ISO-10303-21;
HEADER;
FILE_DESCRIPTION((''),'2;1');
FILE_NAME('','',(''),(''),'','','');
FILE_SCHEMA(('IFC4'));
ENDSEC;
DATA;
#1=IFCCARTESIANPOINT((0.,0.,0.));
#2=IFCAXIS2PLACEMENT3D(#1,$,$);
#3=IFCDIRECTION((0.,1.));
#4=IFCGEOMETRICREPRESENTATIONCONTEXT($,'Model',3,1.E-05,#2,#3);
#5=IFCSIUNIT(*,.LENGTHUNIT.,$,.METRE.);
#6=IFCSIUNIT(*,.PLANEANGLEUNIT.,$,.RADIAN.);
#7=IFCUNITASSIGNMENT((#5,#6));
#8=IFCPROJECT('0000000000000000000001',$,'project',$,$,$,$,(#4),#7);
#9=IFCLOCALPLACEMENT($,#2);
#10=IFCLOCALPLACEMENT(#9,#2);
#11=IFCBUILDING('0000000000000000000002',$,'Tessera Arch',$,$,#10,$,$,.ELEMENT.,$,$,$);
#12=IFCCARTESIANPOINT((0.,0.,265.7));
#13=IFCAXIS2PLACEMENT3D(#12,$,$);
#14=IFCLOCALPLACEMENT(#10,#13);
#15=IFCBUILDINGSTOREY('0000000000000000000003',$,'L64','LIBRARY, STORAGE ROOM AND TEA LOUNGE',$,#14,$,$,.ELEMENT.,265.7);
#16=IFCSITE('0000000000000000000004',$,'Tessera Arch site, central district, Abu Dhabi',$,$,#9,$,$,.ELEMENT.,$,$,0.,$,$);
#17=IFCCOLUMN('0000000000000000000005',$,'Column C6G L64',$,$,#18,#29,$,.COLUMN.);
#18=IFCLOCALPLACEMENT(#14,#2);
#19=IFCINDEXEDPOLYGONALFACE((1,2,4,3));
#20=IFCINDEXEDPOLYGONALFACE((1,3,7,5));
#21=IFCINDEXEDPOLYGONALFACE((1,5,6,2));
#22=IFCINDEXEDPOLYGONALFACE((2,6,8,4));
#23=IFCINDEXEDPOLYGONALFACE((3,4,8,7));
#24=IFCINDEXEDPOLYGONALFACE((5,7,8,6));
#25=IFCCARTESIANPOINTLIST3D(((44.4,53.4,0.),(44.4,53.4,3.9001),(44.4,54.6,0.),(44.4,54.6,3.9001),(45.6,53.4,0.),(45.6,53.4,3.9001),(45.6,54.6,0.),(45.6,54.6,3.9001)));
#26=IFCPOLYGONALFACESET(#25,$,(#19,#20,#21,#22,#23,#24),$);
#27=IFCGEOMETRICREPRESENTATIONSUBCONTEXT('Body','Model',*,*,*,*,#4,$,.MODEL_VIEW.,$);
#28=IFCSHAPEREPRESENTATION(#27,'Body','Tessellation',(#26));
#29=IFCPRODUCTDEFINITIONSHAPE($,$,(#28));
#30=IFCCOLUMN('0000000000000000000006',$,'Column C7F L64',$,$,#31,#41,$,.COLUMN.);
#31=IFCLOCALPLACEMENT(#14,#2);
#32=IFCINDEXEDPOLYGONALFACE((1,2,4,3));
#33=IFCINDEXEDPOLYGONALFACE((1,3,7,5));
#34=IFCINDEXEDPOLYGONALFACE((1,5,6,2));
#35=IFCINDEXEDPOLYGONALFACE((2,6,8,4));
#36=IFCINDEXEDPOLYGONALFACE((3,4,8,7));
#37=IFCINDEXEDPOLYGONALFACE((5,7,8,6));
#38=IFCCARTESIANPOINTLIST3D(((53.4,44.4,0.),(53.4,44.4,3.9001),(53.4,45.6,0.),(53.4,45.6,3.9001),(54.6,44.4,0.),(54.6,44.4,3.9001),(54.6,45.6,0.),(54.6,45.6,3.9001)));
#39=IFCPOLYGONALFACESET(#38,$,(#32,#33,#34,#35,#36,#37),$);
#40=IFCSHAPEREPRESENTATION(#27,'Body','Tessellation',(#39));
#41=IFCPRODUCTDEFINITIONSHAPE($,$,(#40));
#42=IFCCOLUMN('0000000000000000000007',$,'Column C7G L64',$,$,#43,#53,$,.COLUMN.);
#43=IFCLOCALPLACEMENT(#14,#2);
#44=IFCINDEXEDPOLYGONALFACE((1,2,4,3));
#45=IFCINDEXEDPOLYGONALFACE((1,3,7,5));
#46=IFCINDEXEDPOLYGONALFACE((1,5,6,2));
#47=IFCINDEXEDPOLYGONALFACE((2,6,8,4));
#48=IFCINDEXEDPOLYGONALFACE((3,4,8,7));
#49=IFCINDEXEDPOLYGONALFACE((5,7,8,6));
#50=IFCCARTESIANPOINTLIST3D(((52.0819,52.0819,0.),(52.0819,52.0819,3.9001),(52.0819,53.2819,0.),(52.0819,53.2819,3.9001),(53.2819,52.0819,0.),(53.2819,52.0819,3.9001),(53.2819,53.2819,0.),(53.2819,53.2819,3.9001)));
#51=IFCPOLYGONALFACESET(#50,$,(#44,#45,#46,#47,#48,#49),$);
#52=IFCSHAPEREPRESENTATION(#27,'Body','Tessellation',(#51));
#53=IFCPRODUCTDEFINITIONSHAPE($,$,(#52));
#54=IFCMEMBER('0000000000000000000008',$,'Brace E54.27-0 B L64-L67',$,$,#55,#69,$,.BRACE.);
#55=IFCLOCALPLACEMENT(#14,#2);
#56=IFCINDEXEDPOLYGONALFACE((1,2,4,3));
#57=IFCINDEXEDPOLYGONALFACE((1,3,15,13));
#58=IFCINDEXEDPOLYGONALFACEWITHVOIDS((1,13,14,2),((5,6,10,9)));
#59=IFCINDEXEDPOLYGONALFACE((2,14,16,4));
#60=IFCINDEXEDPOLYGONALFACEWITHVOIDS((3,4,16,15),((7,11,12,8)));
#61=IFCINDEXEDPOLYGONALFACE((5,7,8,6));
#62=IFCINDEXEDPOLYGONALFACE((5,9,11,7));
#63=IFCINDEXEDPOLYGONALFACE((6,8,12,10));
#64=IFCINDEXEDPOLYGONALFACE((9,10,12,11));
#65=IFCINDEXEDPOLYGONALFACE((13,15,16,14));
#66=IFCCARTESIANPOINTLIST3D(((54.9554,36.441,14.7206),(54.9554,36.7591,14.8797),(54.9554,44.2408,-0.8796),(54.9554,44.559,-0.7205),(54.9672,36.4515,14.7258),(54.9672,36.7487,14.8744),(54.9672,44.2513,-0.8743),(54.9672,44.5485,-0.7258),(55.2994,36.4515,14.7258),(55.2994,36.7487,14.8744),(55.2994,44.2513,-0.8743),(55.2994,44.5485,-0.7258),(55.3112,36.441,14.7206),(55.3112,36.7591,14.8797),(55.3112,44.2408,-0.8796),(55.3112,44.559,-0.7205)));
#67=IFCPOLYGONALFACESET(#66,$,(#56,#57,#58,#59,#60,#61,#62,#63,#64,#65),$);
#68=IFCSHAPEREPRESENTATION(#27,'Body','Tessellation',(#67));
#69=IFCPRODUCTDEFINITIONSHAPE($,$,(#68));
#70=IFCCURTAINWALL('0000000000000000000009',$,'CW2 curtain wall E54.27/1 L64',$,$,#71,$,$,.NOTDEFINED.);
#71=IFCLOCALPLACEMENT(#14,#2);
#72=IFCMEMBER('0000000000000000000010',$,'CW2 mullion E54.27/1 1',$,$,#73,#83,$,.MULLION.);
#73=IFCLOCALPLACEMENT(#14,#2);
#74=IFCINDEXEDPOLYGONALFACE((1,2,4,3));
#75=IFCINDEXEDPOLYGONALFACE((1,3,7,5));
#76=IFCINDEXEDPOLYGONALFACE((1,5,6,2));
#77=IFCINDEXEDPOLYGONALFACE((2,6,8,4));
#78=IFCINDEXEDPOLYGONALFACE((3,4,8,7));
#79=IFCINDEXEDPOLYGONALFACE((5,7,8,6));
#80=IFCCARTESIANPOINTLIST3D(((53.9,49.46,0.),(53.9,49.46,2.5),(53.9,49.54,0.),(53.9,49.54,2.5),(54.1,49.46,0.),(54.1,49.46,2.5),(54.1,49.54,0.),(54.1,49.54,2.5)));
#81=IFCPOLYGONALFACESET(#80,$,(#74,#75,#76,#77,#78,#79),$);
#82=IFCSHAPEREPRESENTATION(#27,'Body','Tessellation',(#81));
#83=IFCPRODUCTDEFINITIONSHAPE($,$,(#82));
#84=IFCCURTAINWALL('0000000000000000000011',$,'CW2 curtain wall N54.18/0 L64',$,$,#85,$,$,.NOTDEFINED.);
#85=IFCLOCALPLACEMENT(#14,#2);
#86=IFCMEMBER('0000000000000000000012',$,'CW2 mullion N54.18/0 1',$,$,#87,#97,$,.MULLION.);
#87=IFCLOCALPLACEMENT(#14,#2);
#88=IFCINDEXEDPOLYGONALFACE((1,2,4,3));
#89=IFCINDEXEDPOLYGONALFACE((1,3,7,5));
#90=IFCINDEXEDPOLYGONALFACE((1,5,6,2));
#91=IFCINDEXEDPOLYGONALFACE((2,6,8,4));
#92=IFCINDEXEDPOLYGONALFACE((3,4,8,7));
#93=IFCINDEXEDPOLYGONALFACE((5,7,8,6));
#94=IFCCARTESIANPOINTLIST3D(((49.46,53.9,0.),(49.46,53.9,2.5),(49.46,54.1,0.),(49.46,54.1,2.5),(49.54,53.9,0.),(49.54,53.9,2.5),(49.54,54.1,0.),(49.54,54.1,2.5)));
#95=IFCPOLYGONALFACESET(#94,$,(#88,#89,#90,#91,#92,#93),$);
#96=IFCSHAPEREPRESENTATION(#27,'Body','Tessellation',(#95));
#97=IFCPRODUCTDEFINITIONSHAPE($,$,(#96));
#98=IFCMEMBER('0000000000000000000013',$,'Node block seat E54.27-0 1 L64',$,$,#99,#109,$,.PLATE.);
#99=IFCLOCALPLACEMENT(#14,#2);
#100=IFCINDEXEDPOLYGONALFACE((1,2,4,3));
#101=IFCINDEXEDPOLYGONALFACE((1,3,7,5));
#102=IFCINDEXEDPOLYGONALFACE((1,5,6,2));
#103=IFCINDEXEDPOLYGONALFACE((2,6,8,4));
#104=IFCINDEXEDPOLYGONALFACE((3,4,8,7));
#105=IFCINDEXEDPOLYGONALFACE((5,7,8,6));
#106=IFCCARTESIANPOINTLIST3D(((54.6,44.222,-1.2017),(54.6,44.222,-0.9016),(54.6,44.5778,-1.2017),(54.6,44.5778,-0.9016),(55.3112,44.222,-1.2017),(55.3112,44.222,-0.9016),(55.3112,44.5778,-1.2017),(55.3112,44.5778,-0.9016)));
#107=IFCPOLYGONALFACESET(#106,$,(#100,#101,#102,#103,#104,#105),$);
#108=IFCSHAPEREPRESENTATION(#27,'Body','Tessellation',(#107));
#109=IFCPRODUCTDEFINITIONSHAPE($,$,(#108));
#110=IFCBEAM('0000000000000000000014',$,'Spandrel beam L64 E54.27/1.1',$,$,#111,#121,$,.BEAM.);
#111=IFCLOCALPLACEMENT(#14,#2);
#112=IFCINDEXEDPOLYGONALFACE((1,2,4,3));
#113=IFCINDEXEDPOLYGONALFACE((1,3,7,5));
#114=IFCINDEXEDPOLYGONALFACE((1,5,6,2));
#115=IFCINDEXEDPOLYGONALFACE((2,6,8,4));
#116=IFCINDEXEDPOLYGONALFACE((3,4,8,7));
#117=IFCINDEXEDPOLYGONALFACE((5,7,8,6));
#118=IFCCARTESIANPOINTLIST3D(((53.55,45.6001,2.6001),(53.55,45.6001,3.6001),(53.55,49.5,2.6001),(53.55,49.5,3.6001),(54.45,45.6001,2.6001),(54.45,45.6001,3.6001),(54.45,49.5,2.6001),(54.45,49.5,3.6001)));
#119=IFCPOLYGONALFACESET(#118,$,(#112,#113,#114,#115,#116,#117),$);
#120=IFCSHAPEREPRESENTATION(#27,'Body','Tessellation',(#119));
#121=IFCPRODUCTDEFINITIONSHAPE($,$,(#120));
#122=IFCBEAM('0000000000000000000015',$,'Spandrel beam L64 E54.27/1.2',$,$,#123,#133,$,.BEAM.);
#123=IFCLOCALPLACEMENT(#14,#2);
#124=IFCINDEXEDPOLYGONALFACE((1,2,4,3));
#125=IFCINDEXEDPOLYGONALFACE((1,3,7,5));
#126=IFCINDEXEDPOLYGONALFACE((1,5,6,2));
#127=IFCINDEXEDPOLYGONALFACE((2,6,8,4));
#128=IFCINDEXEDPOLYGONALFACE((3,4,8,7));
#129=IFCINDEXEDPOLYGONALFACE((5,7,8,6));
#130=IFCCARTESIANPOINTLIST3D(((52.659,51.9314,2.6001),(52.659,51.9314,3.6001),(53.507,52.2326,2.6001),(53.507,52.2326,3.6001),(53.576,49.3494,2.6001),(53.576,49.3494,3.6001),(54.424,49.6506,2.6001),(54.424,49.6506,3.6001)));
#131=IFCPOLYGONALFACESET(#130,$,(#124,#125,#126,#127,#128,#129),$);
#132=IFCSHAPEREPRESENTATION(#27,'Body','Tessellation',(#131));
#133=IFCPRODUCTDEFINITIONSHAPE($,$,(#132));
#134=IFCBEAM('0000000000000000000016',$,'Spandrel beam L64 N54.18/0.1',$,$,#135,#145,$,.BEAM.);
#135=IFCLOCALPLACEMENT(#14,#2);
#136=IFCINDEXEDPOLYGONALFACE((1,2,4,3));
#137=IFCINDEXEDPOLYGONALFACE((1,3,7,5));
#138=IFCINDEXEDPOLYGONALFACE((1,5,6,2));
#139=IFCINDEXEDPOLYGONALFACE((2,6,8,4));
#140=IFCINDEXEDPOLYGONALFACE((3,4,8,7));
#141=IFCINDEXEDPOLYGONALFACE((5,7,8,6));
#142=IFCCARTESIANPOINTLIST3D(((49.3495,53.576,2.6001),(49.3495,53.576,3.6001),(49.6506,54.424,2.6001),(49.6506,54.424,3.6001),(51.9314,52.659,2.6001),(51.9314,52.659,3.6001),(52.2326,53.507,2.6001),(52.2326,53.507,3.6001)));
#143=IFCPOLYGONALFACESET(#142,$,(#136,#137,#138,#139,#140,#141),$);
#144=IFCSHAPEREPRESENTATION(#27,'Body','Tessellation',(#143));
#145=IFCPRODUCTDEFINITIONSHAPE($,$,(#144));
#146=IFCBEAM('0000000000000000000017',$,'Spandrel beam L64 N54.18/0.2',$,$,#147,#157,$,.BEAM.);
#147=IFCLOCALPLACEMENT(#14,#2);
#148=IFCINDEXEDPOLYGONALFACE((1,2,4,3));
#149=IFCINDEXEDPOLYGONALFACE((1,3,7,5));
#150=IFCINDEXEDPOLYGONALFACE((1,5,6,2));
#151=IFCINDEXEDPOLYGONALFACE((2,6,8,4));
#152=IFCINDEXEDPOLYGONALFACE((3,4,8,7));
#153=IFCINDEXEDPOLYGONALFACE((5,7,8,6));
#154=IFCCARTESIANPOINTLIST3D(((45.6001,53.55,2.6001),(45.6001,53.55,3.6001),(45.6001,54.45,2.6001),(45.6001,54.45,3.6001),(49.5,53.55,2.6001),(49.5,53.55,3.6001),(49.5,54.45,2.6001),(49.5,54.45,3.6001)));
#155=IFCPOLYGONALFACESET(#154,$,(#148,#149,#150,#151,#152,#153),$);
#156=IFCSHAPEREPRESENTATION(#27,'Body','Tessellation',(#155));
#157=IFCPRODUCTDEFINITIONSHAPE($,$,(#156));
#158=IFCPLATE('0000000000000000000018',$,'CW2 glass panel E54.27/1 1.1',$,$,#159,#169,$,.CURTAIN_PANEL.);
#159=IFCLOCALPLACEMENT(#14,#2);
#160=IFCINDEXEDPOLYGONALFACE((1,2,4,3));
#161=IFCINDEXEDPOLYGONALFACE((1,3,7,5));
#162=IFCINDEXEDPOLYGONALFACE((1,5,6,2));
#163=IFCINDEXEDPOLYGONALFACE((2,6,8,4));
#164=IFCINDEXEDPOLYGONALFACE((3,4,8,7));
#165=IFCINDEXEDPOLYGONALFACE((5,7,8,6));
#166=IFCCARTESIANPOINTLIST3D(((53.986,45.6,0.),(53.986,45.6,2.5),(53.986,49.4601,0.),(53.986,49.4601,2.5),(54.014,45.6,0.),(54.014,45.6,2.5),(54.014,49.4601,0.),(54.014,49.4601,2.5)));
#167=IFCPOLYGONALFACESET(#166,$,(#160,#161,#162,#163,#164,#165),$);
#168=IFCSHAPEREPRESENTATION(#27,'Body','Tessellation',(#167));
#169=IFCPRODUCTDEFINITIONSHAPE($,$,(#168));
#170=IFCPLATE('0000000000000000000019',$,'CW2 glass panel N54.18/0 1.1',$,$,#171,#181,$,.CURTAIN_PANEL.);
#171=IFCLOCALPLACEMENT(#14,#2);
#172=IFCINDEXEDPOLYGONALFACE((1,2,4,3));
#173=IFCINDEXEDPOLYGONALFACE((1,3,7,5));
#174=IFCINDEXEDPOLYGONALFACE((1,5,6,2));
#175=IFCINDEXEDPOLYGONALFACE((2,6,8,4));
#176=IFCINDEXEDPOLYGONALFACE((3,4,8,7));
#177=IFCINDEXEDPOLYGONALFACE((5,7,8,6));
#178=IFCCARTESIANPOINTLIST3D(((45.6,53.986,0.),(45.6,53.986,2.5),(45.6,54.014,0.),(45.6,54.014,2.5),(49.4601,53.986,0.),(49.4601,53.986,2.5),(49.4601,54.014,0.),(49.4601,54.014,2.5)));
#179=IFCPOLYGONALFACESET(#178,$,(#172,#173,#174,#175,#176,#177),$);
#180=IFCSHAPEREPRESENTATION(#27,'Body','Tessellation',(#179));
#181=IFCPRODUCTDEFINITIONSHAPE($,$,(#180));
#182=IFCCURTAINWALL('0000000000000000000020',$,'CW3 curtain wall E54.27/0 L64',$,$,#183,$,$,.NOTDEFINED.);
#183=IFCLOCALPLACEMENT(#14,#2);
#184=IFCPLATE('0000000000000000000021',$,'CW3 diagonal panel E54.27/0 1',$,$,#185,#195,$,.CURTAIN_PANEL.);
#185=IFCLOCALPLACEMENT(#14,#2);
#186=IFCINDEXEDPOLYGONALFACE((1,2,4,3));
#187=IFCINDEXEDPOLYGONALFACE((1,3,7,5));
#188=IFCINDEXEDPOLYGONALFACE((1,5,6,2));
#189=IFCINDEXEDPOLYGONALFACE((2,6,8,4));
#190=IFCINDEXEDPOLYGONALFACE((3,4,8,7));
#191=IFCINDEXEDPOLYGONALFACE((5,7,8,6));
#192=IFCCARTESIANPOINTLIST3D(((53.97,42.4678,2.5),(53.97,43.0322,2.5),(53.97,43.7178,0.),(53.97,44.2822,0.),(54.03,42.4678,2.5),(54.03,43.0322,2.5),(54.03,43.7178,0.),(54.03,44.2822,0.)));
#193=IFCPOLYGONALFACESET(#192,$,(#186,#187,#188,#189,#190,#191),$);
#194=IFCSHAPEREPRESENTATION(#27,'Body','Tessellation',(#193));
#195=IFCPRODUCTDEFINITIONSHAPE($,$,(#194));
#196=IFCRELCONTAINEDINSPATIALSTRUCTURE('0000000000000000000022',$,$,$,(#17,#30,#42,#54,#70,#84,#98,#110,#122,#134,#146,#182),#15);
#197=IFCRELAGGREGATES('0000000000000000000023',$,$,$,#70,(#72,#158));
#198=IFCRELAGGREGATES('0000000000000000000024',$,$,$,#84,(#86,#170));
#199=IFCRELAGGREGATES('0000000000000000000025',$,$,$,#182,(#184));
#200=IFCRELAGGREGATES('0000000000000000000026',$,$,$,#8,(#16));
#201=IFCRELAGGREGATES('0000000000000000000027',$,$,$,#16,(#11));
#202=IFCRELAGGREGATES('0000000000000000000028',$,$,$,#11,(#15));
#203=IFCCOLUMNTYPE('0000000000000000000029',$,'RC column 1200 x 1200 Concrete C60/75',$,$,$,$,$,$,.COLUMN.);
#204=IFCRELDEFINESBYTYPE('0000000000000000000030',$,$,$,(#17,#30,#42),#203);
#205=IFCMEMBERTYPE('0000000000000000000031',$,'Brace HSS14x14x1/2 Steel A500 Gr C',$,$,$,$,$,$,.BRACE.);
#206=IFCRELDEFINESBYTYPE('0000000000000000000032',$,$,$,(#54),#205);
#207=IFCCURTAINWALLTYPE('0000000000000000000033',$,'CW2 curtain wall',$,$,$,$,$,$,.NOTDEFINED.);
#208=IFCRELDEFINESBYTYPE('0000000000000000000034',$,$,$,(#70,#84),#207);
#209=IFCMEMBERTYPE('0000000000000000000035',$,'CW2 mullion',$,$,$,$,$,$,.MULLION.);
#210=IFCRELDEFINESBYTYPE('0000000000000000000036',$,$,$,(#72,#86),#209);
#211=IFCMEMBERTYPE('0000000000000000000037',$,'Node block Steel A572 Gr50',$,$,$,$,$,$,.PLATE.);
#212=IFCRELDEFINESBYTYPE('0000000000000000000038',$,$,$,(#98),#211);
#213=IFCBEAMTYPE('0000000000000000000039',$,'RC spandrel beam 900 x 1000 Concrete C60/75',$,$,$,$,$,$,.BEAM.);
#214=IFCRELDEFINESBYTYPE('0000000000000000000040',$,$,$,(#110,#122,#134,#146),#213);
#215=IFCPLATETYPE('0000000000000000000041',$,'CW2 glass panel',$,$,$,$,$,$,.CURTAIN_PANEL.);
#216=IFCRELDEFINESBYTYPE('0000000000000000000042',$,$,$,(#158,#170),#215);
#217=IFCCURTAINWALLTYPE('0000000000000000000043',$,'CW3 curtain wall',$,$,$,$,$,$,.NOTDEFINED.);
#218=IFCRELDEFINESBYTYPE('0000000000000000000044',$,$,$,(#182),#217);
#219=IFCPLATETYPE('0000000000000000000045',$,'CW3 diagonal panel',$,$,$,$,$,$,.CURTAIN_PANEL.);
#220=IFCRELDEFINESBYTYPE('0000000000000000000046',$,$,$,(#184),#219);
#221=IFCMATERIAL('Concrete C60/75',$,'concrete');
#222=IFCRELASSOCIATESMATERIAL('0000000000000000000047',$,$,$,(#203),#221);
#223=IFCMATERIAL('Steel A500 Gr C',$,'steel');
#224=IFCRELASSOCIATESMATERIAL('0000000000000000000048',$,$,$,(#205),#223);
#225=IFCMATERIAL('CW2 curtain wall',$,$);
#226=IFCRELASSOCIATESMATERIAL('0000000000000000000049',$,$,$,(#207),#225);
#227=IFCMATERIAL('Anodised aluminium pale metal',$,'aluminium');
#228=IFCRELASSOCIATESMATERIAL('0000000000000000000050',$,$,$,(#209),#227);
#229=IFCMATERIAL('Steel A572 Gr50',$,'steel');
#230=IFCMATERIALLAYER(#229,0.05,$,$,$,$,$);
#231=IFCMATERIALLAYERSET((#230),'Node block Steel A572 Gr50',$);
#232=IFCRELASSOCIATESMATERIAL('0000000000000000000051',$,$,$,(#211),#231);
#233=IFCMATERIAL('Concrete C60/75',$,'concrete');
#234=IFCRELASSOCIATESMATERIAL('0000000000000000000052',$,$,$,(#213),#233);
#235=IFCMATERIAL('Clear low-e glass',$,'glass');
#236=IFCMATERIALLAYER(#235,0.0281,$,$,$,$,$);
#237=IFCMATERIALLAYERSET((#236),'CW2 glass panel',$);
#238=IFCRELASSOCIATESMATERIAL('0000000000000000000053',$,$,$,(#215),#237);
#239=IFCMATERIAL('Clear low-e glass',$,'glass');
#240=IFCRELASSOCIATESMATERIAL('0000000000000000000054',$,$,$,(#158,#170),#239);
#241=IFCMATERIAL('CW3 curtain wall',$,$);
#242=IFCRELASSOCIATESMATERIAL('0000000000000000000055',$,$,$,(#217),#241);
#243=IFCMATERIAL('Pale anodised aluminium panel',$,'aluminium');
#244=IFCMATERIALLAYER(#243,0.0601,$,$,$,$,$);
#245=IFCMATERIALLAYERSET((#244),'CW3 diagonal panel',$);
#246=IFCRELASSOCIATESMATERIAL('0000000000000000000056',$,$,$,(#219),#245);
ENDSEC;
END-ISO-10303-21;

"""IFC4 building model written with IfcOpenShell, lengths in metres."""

from ifc_helpers import new_model, si_unit, direction, frame, origin, origin_2d, place, context, subcontext, project, spatial, polyline, rectangle, hollow_rectangle, outline, extrude, material, layer, layer_set, material_profile, profile_set, type_object, element, aggregate, save


model = new_model("IFC4")

# Units and contexts
model_context = context("Model", 3, precision=1e-05, world=origin(), true_north=direction((0.0, 1.0)))
body_context = subcontext(model_context, "Body", "Model", "MODEL_VIEW")
ifc_project = project(units=[si_unit("LENGTHUNIT", "METRE"), si_unit("PLANEANGLEUNIT", "RADIAN")], contexts=[model_context])

# Site, building, storey
site_placement = place(None, origin())
site = spatial("IfcSite", under=ifc_project, at=site_placement, Name="Tessera Arch site, central district, Abu Dhabi", CompositionType="ELEMENT", RefElevation=0.0)
building_placement = place(site_placement, origin())
building = spatial("IfcBuilding", under=site, at=building_placement, Name="Tessera Arch", CompositionType="ELEMENT")
storey_placement = place(building_placement, frame((0.0, 0.0, 265.7)))
storey = spatial("IfcBuildingStorey", under=building, at=storey_placement, Name="L64", Description="LIBRARY, STORAGE ROOM AND TEA LOUNGE", CompositionType="ELEMENT", Elevation=265.7)

# Columns
ifc_material_1 = material(Name="Concrete C60/75", Category="concrete")
ifc_material_profile_1 = material_profile(ifc_material_1, rectangle(XDim=1.2, YDim=1.2, at=origin_2d()), Name="RC column 1200 x 1200 Concrete C60/75")
ifc_profile_set_1 = profile_set([ifc_material_profile_1], Name="Concrete C60/75")
column_type = type_object("IfcColumnType", Name="RC column 1200 x 1200 Concrete C60/75", PredefinedType="COLUMN", material=ifc_profile_set_1)
for number, where, z_axis, x_axis, name in (
    (1, (45.0, 54.0, 0.0), (0.0, 0.0, 1.0), (1.0, 0.0, 0.0), "Column C6G L64"),
    (2, (54.0, 45.0, 0.0), (0.0, 0.0, 1.0), (1.0, 0.0, 0.0), "Column C7F L64"),
    (3, (52.6819, 52.6819, 0.0), (0.0, 0.0, 1.0), (1.0, 0.0, 0.0), "Column C7G L64"),
):
    element("IfcColumn", number, at=place(storey_placement, frame(where, z_axis=z_axis, x_axis=x_axis)), inside=storey, type_object=column_type, Name=name, PredefinedType="COLUMN", context=body_context, shape_type="SweptSolid", body=[
        extrude(rectangle(XDim=1.2, YDim=1.2, at=origin_2d()), origin(), (0.0, 0.0, 1.0), 3.9001),
    ])

# Member
ifc_material_2 = material(Name="Steel A500 Gr C", Category="steel")
ifc_material_profile_2 = material_profile(ifc_material_2, hollow_rectangle(XDim=0.3557, YDim=0.3557, WallThickness=0.0117, at=origin_2d()), Name="HSS14x14x1/2")
ifc_profile_set_2 = profile_set([ifc_material_profile_2], Name="Steel A500 Gr C")
member_type_1 = type_object("IfcMemberType", Name="Brace HSS14x14x1/2 Steel A500 Gr C", PredefinedType="BRACE", material=ifc_profile_set_2)
member_1_placement = place(storey_placement, frame((55.1333, 44.3999, -0.8), z_axis=(0.0, -0.447202, 0.894433), x_axis=(1.0, 0.0, 0.0)))
element("IfcMember", 4, at=member_1_placement, inside=storey, type_object=member_type_1, Name="Brace E54.27-0 B L64-L67", PredefinedType="BRACE", context=body_context, shape_type="SweptSolid", body=[
    extrude(hollow_rectangle(XDim=0.3557, YDim=0.3557, WallThickness=0.0117, at=origin_2d()), origin(), (0.0, 0.0, 1.0), 17.4414),
])

# Curtain walls, members
ifc_material_3 = material(Name="CW2 curtain wall")
curtain_wall_type_1 = type_object("IfcCurtainWallType", Name="CW2 curtain wall", PredefinedType="NOTDEFINED", material=ifc_material_3)
curtain_wall_1_placement = place(storey_placement, origin())
curtain_wall_1 = element("IfcCurtainWall", 5, at=curtain_wall_1_placement, inside=storey, type_object=curtain_wall_type_1, Name="CW2 curtain wall E54.27/1 L64", PredefinedType="NOTDEFINED")
ifc_material_4 = material(Name="Anodised aluminium pale metal", Category="aluminium")
ifc_material_profile_3 = material_profile(ifc_material_4, rectangle(XDim=0.2, YDim=0.0801, at=origin_2d()), Name="AL 80x200")
ifc_profile_set_3 = profile_set([ifc_material_profile_3], Name="Anodised aluminium pale metal")
member_type_2 = type_object("IfcMemberType", Name="CW2 mullion", PredefinedType="MULLION", material=ifc_profile_set_3)
member_2_placement = place(storey_placement, frame((54.0, 49.5, 0.0), z_axis=(0.0, 0.0, 1.0), x_axis=(-1.0, 0.0, 0.0)))
member_2 = element("IfcMember", 6, at=member_2_placement, type_object=member_type_2, Name="CW2 mullion E54.27/1 1", PredefinedType="MULLION", context=body_context, shape_type="SweptSolid", body=[
    extrude(rectangle(XDim=0.2, YDim=0.0801, at=origin_2d()), origin(), (0.0, 0.0, 1.0), 2.5),
])
curtain_wall_2_placement = place(storey_placement, origin())
curtain_wall_2 = element("IfcCurtainWall", 7, at=curtain_wall_2_placement, inside=storey, type_object=curtain_wall_type_1, Name="CW2 curtain wall N54.18/0 L64", PredefinedType="NOTDEFINED")
member_3_placement = place(storey_placement, frame((49.5, 54.0, 0.0), z_axis=(0.0, 0.0, 1.0), x_axis=(0.0, -1.0, 0.0)))
member_3 = element("IfcMember", 8, at=member_3_placement, type_object=member_type_2, Name="CW2 mullion N54.18/0 1", PredefinedType="MULLION", context=body_context, shape_type="SweptSolid", body=[
    extrude(rectangle(XDim=0.2, YDim=0.0801, at=origin_2d()), origin(), (0.0, 0.0, 1.0), 2.5),
])

# Member
ifc_material_5 = material(Name="Steel A572 Gr50", Category="steel")
ifc_layer_1 = layer(ifc_material_5, 0.05)
ifc_layer_set_1 = layer_set([ifc_layer_1], Name="Node block Steel A572 Gr50")
member_type_3 = type_object("IfcMemberType", Name="Node block Steel A572 Gr50", PredefinedType="PLATE", material=ifc_layer_set_1)
member_4_placement = place(storey_placement, frame((54.9556, 44.3999, -1.2017), z_axis=(0.0, 0.0, 1.0), x_axis=(0.0, 1.0, 0.0)))
element("IfcMember", 9, at=member_4_placement, inside=storey, type_object=member_type_3, Name="Node block seat E54.27-0 1 L64", PredefinedType="PLATE", context=body_context, shape_type="SweptSolid", body=[
    extrude(rectangle(XDim=0.3557, YDim=0.7112, at=origin_2d()), origin(), (0.0, 0.0, 1.0), 0.3),
])

# Beams
ifc_material_6 = material(Name="Concrete C60/75", Category="concrete")
ifc_material_profile_4 = material_profile(ifc_material_6, rectangle(XDim=0.8999, YDim=1.0, at=origin_2d()), Name="RC spandrel beam 900 x 1000 Concrete C60/75")
ifc_profile_set_4 = profile_set([ifc_material_profile_4], Name="Concrete C60/75")
beam_type = type_object("IfcBeamType", Name="RC spandrel beam 900 x 1000 Concrete C60/75", PredefinedType="BEAM", material=ifc_profile_set_4)
beam_1_placement = place(storey_placement, frame((54.0, 45.6001, 3.1001), z_axis=(0.0, 1.0, 0.0), x_axis=(-1.0, 0.0, 0.0)))
element("IfcBeam", 10, at=beam_1_placement, inside=storey, type_object=beam_type, Name="Spandrel beam L64 E54.27/1.1", PredefinedType="BEAM", context=body_context, shape_type="SweptSolid", body=[
    extrude(rectangle(XDim=0.8999, YDim=1.0, at=origin_2d()), origin(), (0.0, 0.0, 1.0), 3.8999),
])
for number, where, z_axis, x_axis, name in (
    (11, (54.0, 49.5, 3.1001), (-0.334665, 0.942337, 0.0), (-0.942337, -0.334665, 0.0), "Spandrel beam L64 E54.27/1.2"),
    (12, (52.082, 53.083, 3.1001), (-0.942337, 0.334665, 0.0), (-0.334665, -0.942337, 0.0), "Spandrel beam L64 N54.18/0.1"),
):
    element("IfcBeam", number, at=place(storey_placement, frame(where, z_axis=z_axis, x_axis=x_axis)), inside=storey, type_object=beam_type, Name=name, PredefinedType="BEAM", context=body_context, shape_type="SweptSolid", body=[
        extrude(rectangle(XDim=0.8999, YDim=1.0, at=origin_2d()), origin(), (0.0, 0.0, 1.0), 2.74),
    ])
beam_2_placement = place(storey_placement, frame((49.5, 54.0, 3.1001), z_axis=(-1.0, 0.0, 0.0), x_axis=(0.0, -1.0, 0.0)))
element("IfcBeam", 13, at=beam_2_placement, inside=storey, type_object=beam_type, Name="Spandrel beam L64 N54.18/0.2", PredefinedType="BEAM", context=body_context, shape_type="SweptSolid", body=[
    extrude(rectangle(XDim=0.8999, YDim=1.0, at=origin_2d()), origin(), (0.0, 0.0, 1.0), 3.8999),
])

# Plates
ifc_material_7 = material(Name="Clear low-e glass", Category="glass")
ifc_material_8 = material(Name="Clear low-e glass", Category="glass")
ifc_layer_2 = layer(ifc_material_8, 0.0281)
ifc_layer_set_2 = layer_set([ifc_layer_2], Name="CW2 glass panel")
plate_type_1 = type_object("IfcPlateType", Name="CW2 glass panel", PredefinedType="CURTAIN_PANEL", material=ifc_layer_set_2)
plate_1_placement = place(storey_placement, frame((54.0, 47.53, 0.0), z_axis=(0.0, 0.0, 1.0), x_axis=(0.0, 1.0, 0.0)))
plate_1 = element("IfcPlate", 14, at=plate_1_placement, type_object=plate_type_1, material=ifc_material_7, Name="CW2 glass panel E54.27/1 1.1", PredefinedType="CURTAIN_PANEL", context=body_context, shape_type="SweptSolid", body=[
    extrude(rectangle(XDim=3.8601, YDim=0.0281, at=origin_2d()), origin(), (0.0, 0.0, 1.0), 2.5),
])
aggregate(curtain_wall_1, [member_2, plate_1])
plate_2_placement = place(storey_placement, frame((47.53, 54.0, 0.0), z_axis=(0.0, 0.0, 1.0), x_axis=(-1.0, 0.0, 0.0)))
plate_2 = element("IfcPlate", 15, at=plate_2_placement, type_object=plate_type_1, material=ifc_material_7, Name="CW2 glass panel N54.18/0 1.1", PredefinedType="CURTAIN_PANEL", context=body_context, shape_type="SweptSolid", body=[
    extrude(rectangle(XDim=3.8601, YDim=0.0281, at=origin_2d()), origin(), (0.0, 0.0, 1.0), 2.5),
])
aggregate(curtain_wall_2, [member_3, plate_2])

# Curtain wall, plate
ifc_material_9 = material(Name="CW3 curtain wall")
curtain_wall_type_2 = type_object("IfcCurtainWallType", Name="CW3 curtain wall", PredefinedType="NOTDEFINED", material=ifc_material_9)
curtain_wall_3_placement = place(storey_placement, origin())
curtain_wall_3 = element("IfcCurtainWall", 16, at=curtain_wall_3_placement, inside=storey, type_object=curtain_wall_type_2, Name="CW3 curtain wall E54.27/0 L64", PredefinedType="NOTDEFINED")
ifc_material_10 = material(Name="Pale anodised aluminium panel", Category="aluminium")
ifc_layer_3 = layer(ifc_material_10, 0.0601)
ifc_layer_set_3 = layer_set([ifc_layer_3], Name="CW3 diagonal panel")
plate_type_2 = type_object("IfcPlateType", Name="CW3 diagonal panel", PredefinedType="CURTAIN_PANEL", material=ifc_layer_set_3)
plate_3_placement = place(storey_placement, frame((54.03, 43.0322, 2.5), z_axis=(1.0, 0.0, 0.0), x_axis=(0.0, -1.0, 0.0)))
plate_3 = element("IfcPlate", 17, at=plate_3_placement, type_object=plate_type_2, Name="CW3 diagonal panel E54.27/0 1", PredefinedType="CURTAIN_PANEL", context=body_context, shape_type="SweptSolid", body=[
    extrude(outline(polyline([(0.0, 0.0), (0.5645, 0.0), (-0.6855, 2.5), (-1.25, 2.5), (0.0, 0.0)])), origin(), (0.0, 0.0, -1.0), 0.0601),
])
aggregate(curtain_wall_3, [plate_3])

save(model, "model.ifc")
